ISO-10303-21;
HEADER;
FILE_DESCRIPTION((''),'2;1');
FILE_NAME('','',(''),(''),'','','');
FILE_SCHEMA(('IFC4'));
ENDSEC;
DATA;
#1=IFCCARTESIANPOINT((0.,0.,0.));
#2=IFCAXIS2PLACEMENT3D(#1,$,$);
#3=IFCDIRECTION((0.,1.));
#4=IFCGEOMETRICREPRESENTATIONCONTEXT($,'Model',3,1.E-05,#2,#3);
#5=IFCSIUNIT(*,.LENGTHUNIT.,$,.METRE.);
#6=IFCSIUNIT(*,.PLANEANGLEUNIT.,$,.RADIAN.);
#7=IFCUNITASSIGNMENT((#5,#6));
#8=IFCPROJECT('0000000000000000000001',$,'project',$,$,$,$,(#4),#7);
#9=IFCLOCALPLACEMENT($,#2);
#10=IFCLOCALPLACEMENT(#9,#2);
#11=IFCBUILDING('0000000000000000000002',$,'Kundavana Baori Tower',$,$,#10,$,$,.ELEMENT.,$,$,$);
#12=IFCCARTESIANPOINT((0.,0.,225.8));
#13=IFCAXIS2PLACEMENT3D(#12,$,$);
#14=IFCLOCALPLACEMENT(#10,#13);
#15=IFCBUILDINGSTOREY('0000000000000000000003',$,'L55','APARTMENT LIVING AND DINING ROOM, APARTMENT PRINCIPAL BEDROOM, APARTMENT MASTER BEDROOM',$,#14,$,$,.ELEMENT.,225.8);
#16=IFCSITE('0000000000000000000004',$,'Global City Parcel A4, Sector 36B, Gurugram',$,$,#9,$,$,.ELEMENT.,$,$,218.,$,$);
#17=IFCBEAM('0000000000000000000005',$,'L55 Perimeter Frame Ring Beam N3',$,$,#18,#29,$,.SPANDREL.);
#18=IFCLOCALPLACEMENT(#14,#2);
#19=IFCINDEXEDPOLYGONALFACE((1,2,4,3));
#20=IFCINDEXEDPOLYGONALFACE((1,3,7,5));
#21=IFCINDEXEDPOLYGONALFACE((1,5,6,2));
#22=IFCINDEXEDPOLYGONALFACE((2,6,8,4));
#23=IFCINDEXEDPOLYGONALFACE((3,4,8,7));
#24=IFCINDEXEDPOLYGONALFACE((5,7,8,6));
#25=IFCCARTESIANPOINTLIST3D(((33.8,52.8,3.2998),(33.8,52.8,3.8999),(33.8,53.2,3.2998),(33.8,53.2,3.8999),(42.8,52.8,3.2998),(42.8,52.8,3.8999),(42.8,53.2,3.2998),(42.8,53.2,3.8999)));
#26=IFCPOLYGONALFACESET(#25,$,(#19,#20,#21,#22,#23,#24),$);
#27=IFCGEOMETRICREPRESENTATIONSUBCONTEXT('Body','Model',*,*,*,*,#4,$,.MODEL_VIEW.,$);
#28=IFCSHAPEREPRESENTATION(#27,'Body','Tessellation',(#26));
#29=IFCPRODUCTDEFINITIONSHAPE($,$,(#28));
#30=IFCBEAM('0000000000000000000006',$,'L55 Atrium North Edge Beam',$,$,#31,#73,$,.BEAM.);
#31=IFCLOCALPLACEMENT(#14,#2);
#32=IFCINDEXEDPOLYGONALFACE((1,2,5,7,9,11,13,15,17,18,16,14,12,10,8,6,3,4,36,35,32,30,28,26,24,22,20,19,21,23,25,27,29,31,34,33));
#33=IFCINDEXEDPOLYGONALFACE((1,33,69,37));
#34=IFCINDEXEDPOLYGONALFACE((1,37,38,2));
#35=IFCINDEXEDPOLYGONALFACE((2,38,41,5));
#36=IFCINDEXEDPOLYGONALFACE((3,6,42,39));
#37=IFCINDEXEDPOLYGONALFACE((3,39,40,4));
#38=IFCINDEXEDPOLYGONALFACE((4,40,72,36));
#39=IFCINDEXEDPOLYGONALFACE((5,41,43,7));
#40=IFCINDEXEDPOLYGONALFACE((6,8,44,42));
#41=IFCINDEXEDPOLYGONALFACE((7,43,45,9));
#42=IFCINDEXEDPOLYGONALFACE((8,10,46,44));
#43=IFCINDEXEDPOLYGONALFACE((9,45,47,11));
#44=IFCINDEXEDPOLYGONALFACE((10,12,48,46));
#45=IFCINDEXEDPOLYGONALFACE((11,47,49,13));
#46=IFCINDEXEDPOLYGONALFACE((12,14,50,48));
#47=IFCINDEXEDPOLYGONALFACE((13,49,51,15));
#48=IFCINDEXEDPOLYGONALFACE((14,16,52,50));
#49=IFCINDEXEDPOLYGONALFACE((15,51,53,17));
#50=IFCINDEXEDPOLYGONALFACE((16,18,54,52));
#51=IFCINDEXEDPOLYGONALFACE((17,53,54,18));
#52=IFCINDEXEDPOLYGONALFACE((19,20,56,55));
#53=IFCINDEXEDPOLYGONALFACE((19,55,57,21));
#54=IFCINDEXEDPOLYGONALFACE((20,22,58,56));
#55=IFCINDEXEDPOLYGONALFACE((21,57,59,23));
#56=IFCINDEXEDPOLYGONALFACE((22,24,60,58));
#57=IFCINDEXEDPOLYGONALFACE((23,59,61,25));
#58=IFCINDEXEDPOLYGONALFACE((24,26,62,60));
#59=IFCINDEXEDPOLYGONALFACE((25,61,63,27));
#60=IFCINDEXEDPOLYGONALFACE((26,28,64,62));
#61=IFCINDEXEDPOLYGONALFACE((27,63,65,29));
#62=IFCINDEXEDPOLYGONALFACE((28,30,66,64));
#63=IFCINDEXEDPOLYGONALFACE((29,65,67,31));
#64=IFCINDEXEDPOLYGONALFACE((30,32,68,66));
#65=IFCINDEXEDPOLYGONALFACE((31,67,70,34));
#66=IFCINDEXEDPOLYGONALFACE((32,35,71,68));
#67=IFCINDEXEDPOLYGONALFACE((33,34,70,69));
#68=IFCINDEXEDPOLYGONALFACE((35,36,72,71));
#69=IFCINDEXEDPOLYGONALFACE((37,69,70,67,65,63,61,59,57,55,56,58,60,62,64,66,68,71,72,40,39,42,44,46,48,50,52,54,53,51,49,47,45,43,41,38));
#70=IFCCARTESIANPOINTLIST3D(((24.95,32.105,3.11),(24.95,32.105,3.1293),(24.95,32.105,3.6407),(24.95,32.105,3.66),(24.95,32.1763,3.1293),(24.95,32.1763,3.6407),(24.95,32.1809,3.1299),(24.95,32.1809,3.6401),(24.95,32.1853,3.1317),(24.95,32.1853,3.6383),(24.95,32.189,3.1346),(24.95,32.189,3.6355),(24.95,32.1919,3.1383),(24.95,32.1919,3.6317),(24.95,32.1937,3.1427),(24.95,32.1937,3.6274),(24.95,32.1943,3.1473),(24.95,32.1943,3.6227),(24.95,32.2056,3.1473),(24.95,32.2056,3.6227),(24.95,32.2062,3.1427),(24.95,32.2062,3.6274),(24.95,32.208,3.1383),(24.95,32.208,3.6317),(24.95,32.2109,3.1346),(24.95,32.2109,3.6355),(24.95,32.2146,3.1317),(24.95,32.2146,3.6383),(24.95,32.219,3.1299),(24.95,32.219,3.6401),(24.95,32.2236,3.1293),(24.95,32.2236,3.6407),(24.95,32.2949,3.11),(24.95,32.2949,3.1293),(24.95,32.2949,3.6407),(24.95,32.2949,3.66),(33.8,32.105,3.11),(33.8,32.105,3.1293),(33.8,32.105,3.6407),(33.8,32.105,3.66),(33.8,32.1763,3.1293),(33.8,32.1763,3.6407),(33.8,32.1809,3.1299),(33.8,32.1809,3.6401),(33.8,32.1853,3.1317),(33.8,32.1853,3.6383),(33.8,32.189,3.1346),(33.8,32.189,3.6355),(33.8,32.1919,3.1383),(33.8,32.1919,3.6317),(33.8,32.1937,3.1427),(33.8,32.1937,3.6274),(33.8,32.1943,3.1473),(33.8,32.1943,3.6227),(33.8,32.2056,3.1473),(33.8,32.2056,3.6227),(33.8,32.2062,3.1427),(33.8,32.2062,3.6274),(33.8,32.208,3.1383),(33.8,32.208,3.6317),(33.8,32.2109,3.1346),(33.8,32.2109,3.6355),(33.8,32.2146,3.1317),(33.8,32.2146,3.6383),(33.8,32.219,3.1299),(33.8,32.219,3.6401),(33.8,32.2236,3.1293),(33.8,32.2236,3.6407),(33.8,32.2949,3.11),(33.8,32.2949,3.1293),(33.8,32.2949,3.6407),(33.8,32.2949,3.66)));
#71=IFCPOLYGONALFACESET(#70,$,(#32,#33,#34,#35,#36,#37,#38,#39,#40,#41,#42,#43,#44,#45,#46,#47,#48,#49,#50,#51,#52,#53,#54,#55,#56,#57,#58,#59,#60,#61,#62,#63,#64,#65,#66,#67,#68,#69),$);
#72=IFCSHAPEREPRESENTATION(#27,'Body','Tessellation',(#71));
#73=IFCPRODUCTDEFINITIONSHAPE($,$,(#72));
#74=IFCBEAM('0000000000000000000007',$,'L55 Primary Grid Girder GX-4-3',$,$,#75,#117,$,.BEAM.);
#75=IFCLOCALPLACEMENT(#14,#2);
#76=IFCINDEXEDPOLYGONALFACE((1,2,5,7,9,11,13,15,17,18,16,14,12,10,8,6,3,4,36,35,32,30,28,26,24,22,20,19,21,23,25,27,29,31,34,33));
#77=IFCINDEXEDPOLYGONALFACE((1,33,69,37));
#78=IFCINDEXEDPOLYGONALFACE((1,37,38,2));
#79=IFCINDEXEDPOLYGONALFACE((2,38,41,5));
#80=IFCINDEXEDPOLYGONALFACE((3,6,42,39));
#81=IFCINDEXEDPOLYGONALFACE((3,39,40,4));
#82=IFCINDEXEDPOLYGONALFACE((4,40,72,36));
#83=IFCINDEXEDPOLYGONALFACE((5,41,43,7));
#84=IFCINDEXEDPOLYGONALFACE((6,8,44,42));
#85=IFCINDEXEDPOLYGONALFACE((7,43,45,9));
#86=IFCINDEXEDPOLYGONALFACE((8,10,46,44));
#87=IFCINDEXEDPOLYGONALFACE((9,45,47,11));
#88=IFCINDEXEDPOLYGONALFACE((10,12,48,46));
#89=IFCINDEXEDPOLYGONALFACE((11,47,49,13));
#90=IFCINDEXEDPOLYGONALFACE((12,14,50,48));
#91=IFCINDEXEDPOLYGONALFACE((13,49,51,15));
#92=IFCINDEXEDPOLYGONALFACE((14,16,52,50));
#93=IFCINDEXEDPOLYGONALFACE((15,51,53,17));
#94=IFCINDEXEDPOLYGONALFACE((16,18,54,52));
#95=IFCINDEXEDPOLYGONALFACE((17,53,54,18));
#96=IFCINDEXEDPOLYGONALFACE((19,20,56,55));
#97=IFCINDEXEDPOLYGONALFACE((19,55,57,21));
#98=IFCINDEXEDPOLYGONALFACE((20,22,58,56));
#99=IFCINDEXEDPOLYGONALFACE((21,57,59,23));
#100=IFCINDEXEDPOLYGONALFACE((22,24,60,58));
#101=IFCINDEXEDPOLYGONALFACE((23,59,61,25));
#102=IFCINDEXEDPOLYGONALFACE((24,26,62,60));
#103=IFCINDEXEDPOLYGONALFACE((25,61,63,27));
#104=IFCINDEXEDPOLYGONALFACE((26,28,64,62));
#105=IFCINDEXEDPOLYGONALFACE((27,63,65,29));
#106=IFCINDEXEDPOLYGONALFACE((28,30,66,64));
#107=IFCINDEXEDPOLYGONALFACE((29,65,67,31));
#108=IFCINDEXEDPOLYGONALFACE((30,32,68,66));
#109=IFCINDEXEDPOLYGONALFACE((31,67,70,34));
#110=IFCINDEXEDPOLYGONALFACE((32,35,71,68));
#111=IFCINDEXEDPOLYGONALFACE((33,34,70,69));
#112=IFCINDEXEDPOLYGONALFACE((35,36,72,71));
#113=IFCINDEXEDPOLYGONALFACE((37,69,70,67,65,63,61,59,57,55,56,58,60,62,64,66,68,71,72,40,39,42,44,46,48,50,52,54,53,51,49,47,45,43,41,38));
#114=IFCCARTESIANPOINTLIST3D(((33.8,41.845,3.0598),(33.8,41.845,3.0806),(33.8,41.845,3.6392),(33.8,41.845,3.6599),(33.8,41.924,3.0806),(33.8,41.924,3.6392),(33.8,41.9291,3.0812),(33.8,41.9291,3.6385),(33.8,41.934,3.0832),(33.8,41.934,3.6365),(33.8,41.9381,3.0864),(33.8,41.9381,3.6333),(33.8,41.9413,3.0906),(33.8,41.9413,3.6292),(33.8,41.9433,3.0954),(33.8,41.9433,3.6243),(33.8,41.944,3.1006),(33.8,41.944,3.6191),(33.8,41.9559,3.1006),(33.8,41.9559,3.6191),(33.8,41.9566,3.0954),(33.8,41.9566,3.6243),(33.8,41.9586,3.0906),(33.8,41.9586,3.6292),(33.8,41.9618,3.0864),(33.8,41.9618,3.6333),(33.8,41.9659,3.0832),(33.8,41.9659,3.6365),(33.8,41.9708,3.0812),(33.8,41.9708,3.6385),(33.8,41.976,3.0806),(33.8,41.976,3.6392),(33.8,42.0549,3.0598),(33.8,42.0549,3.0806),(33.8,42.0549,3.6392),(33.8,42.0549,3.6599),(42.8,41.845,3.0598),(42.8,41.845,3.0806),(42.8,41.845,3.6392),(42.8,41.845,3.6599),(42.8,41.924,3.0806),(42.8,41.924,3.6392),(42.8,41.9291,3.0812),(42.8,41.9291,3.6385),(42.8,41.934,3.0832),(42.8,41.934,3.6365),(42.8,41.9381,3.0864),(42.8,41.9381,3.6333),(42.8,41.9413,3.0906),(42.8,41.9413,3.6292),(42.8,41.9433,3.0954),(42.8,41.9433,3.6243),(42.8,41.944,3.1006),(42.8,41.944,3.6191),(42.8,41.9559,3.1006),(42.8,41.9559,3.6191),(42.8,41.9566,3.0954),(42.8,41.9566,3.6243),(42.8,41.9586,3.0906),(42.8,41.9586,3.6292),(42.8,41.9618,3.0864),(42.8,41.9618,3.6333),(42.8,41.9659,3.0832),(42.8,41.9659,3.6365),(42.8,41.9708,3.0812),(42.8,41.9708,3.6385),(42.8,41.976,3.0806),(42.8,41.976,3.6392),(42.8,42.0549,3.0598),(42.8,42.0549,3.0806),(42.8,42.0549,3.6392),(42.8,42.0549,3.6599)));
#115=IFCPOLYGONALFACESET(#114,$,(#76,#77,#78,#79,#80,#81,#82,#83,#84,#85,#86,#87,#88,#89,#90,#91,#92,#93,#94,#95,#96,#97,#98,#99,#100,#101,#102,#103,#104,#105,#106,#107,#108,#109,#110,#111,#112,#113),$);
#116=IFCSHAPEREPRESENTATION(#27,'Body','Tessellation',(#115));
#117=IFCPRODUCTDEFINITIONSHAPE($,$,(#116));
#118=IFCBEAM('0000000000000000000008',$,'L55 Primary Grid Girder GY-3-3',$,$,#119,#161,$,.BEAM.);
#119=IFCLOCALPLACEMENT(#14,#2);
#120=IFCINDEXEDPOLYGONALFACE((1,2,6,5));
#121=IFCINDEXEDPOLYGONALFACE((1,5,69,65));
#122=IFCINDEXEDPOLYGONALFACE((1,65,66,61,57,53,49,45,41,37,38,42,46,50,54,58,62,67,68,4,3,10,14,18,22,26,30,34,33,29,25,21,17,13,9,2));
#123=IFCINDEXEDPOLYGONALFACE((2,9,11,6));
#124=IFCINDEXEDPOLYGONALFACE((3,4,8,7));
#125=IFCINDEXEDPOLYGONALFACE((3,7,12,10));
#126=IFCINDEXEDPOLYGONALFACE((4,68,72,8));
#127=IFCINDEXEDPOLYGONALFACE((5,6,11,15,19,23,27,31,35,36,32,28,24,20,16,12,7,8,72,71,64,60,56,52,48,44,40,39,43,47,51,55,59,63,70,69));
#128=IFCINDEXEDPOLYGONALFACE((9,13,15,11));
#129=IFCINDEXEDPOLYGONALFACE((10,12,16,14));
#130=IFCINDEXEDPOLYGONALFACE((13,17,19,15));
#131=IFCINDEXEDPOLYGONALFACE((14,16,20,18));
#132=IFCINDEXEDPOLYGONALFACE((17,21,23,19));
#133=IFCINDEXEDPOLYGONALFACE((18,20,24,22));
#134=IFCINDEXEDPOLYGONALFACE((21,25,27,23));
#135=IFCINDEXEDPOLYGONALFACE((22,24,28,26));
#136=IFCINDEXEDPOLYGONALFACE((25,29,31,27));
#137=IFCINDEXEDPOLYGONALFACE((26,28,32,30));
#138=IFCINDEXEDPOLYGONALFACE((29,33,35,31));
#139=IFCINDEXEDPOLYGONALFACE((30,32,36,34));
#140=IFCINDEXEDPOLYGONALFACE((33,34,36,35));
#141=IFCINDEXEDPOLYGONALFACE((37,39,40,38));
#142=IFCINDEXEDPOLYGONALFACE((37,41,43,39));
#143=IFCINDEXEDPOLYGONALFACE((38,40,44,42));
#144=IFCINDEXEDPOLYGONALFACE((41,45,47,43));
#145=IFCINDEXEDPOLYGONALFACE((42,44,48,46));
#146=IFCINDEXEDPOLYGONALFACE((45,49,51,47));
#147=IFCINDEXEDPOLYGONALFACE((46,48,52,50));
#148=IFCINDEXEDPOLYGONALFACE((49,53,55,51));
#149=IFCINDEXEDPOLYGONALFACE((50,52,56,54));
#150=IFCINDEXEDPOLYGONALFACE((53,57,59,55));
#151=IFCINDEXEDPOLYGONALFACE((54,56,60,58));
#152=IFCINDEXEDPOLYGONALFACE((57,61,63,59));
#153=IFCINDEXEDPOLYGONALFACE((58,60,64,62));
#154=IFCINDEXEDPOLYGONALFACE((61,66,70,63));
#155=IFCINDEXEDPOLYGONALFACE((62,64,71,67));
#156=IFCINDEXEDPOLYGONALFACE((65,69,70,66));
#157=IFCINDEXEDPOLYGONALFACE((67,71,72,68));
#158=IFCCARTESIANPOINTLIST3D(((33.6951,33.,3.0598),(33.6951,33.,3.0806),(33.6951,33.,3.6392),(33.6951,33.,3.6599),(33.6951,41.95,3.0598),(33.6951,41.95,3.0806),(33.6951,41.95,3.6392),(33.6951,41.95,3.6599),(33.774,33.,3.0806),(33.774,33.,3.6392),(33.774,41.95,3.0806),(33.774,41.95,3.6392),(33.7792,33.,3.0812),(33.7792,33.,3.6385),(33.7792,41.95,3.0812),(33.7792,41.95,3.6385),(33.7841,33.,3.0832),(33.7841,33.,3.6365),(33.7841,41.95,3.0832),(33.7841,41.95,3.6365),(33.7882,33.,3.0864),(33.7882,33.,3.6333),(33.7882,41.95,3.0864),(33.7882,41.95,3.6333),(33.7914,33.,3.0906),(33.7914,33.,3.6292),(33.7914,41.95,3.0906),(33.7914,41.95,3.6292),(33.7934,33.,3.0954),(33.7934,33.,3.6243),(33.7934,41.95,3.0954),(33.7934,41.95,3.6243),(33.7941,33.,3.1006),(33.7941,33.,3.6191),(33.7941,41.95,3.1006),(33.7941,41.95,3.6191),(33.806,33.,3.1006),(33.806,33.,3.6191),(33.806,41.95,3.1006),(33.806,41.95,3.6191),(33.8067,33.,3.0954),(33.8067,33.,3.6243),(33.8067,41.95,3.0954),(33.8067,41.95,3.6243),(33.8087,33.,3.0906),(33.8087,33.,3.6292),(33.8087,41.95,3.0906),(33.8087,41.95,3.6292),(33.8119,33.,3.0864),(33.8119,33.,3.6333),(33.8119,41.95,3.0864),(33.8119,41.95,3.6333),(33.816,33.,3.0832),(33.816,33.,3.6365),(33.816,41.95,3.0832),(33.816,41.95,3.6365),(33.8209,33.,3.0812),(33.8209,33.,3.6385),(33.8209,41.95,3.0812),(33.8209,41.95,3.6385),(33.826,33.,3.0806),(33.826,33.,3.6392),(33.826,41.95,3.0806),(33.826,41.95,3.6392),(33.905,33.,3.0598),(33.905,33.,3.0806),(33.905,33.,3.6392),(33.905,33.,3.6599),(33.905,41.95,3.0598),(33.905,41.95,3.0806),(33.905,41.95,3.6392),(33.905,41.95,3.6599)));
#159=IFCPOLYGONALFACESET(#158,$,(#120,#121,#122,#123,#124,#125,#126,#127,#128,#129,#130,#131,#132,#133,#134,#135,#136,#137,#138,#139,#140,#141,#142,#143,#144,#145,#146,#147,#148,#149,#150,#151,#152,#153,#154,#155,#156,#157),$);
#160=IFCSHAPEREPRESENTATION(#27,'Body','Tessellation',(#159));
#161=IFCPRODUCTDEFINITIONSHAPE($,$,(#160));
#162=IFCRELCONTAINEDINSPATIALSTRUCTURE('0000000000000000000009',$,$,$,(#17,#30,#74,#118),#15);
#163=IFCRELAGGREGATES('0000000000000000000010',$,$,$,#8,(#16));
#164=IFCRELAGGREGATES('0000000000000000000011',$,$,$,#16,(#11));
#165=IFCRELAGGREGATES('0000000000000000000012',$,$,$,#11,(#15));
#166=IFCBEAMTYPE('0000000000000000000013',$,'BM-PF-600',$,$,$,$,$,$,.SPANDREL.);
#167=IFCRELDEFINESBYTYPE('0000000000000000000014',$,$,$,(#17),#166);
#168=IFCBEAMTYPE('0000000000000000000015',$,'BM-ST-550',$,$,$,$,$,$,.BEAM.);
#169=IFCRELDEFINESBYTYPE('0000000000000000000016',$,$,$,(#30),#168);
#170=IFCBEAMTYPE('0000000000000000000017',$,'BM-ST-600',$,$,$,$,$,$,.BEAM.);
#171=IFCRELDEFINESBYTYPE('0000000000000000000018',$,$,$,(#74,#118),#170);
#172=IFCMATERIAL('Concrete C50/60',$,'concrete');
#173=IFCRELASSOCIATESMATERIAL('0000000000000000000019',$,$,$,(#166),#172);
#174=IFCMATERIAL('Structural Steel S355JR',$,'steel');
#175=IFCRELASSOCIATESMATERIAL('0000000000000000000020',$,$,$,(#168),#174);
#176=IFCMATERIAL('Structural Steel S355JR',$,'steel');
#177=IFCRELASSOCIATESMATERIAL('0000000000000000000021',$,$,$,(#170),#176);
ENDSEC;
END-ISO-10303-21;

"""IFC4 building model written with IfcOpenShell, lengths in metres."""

from ifc_helpers import new_model, si_unit, direction, frame, origin, origin_2d, place, context, subcontext, project, spatial, rectangle, i_section, extrude, material, material_profile, profile_set, type_object, element, save


model = new_model("IFC4")

# Units and contexts
model_context = context("Model", 3, precision=1e-05, world=origin(), true_north=direction((0.0, 1.0)))
body_context = subcontext(model_context, "Body", "Model", "MODEL_VIEW")
ifc_project = project(units=[si_unit("LENGTHUNIT", "METRE"), si_unit("PLANEANGLEUNIT", "RADIAN")], contexts=[model_context])

# Site, building, storey
site_placement = place(None, origin())
site = spatial("IfcSite", under=ifc_project, at=site_placement, Name="Global City Parcel A4, Sector 36B, Gurugram", CompositionType="ELEMENT", RefElevation=218.0)
building_placement = place(site_placement, origin())
building = spatial("IfcBuilding", under=site, at=building_placement, Name="Kundavana Baori Tower", CompositionType="ELEMENT")
storey_placement = place(building_placement, frame((0.0, 0.0, 225.8)))
storey = spatial("IfcBuildingStorey", under=building, at=storey_placement, Name="L55", Description="APARTMENT LIVING AND DINING ROOM, APARTMENT PRINCIPAL BEDROOM, APARTMENT MASTER BEDROOM", CompositionType="ELEMENT", Elevation=225.8)

# Beams
ifc_material_1 = material(Name="Concrete C50/60", Category="concrete")
ifc_material_profile_1 = material_profile(ifc_material_1, rectangle(XDim=0.3999, YDim=0.6001, at=origin_2d()), Name="RC BM 400x600")
ifc_profile_set_1 = profile_set([ifc_material_profile_1], Name="Concrete C50/60")
beam_type_1 = type_object("IfcBeamType", Name="BM-PF-600", PredefinedType="SPANDREL", material=ifc_profile_set_1)
beam_1_placement = place(storey_placement, frame((33.8, 53.0, 3.5999), z_axis=(1.0, 0.0, 0.0), x_axis=(0.0, 1.0, 0.0)))
element("IfcBeam", 1, at=beam_1_placement, inside=storey, type_object=beam_type_1, Name="L55 Perimeter Frame Ring Beam N3", PredefinedType="SPANDREL", context=body_context, shape_type="SweptSolid", body=[
    extrude(rectangle(XDim=0.3999, YDim=0.6001, at=origin_2d()), origin(), (0.0, 0.0, 1.0), 9.0),
])
ifc_material_2 = material(Name="Structural Steel S355JR", Category="steel")
ifc_material_profile_2 = material_profile(ifc_material_2, i_section(OverallWidth=0.1899, OverallDepth=0.55, WebThickness=0.0112, FlangeThickness=0.0193, FilletRadius=0.0181, at=origin_2d()), Name="ISMB 550")
ifc_profile_set_2 = profile_set([ifc_material_profile_2], Name="Structural Steel S355JR")
beam_type_2 = type_object("IfcBeamType", Name="BM-ST-550", PredefinedType="BEAM", material=ifc_profile_set_2)
beam_2_placement = place(storey_placement, frame((24.95, 32.2, 3.385), z_axis=(1.0, 0.0, 0.0), x_axis=(0.0, 1.0, 0.0)))
element("IfcBeam", 2, at=beam_2_placement, inside=storey, type_object=beam_type_2, Name="L55 Atrium North Edge Beam", PredefinedType="BEAM", context=body_context, shape_type="SweptSolid", body=[
    extrude(i_section(OverallWidth=0.1899, OverallDepth=0.55, WebThickness=0.0112, FlangeThickness=0.0193, FilletRadius=0.0181, at=origin_2d()), origin(), (0.0, 0.0, 1.0), 8.8501),
])
ifc_material_3 = material(Name="Structural Steel S355JR", Category="steel")
ifc_material_profile_3 = material_profile(ifc_material_3, i_section(OverallWidth=0.21, OverallDepth=0.6001, WebThickness=0.012, FlangeThickness=0.0208, FilletRadius=0.02, at=origin_2d()), Name="ISMB 600")
ifc_profile_set_3 = profile_set([ifc_material_profile_3], Name="Structural Steel S355JR")
beam_type_3 = type_object("IfcBeamType", Name="BM-ST-600", PredefinedType="BEAM", material=ifc_profile_set_3)
beam_3_placement = place(storey_placement, frame((33.8, 41.95, 3.3599), z_axis=(1.0, 0.0, 0.0), x_axis=(0.0, 1.0, 0.0)))
element("IfcBeam", 3, at=beam_3_placement, inside=storey, type_object=beam_type_3, Name="L55 Primary Grid Girder GX-4-3", PredefinedType="BEAM", context=body_context, shape_type="SweptSolid", body=[
    extrude(i_section(OverallWidth=0.21, OverallDepth=0.6001, WebThickness=0.012, FlangeThickness=0.0208, FilletRadius=0.02, at=origin_2d()), origin(), (0.0, 0.0, 1.0), 9.0),
])
beam_4_placement = place(storey_placement, frame((33.8, 33.0, 3.3599), z_axis=(0.0, 1.0, 0.0), x_axis=(-1.0, 0.0, 0.0)))
element("IfcBeam", 4, at=beam_4_placement, inside=storey, type_object=beam_type_3, Name="L55 Primary Grid Girder GY-3-3", PredefinedType="BEAM", context=body_context, shape_type="SweptSolid", body=[
    extrude(i_section(OverallWidth=0.21, OverallDepth=0.6001, WebThickness=0.012, FlangeThickness=0.0208, FilletRadius=0.02, at=origin_2d()), origin(), (0.0, 0.0, 1.0), 8.95),
])

save(model, "model.ifc")
